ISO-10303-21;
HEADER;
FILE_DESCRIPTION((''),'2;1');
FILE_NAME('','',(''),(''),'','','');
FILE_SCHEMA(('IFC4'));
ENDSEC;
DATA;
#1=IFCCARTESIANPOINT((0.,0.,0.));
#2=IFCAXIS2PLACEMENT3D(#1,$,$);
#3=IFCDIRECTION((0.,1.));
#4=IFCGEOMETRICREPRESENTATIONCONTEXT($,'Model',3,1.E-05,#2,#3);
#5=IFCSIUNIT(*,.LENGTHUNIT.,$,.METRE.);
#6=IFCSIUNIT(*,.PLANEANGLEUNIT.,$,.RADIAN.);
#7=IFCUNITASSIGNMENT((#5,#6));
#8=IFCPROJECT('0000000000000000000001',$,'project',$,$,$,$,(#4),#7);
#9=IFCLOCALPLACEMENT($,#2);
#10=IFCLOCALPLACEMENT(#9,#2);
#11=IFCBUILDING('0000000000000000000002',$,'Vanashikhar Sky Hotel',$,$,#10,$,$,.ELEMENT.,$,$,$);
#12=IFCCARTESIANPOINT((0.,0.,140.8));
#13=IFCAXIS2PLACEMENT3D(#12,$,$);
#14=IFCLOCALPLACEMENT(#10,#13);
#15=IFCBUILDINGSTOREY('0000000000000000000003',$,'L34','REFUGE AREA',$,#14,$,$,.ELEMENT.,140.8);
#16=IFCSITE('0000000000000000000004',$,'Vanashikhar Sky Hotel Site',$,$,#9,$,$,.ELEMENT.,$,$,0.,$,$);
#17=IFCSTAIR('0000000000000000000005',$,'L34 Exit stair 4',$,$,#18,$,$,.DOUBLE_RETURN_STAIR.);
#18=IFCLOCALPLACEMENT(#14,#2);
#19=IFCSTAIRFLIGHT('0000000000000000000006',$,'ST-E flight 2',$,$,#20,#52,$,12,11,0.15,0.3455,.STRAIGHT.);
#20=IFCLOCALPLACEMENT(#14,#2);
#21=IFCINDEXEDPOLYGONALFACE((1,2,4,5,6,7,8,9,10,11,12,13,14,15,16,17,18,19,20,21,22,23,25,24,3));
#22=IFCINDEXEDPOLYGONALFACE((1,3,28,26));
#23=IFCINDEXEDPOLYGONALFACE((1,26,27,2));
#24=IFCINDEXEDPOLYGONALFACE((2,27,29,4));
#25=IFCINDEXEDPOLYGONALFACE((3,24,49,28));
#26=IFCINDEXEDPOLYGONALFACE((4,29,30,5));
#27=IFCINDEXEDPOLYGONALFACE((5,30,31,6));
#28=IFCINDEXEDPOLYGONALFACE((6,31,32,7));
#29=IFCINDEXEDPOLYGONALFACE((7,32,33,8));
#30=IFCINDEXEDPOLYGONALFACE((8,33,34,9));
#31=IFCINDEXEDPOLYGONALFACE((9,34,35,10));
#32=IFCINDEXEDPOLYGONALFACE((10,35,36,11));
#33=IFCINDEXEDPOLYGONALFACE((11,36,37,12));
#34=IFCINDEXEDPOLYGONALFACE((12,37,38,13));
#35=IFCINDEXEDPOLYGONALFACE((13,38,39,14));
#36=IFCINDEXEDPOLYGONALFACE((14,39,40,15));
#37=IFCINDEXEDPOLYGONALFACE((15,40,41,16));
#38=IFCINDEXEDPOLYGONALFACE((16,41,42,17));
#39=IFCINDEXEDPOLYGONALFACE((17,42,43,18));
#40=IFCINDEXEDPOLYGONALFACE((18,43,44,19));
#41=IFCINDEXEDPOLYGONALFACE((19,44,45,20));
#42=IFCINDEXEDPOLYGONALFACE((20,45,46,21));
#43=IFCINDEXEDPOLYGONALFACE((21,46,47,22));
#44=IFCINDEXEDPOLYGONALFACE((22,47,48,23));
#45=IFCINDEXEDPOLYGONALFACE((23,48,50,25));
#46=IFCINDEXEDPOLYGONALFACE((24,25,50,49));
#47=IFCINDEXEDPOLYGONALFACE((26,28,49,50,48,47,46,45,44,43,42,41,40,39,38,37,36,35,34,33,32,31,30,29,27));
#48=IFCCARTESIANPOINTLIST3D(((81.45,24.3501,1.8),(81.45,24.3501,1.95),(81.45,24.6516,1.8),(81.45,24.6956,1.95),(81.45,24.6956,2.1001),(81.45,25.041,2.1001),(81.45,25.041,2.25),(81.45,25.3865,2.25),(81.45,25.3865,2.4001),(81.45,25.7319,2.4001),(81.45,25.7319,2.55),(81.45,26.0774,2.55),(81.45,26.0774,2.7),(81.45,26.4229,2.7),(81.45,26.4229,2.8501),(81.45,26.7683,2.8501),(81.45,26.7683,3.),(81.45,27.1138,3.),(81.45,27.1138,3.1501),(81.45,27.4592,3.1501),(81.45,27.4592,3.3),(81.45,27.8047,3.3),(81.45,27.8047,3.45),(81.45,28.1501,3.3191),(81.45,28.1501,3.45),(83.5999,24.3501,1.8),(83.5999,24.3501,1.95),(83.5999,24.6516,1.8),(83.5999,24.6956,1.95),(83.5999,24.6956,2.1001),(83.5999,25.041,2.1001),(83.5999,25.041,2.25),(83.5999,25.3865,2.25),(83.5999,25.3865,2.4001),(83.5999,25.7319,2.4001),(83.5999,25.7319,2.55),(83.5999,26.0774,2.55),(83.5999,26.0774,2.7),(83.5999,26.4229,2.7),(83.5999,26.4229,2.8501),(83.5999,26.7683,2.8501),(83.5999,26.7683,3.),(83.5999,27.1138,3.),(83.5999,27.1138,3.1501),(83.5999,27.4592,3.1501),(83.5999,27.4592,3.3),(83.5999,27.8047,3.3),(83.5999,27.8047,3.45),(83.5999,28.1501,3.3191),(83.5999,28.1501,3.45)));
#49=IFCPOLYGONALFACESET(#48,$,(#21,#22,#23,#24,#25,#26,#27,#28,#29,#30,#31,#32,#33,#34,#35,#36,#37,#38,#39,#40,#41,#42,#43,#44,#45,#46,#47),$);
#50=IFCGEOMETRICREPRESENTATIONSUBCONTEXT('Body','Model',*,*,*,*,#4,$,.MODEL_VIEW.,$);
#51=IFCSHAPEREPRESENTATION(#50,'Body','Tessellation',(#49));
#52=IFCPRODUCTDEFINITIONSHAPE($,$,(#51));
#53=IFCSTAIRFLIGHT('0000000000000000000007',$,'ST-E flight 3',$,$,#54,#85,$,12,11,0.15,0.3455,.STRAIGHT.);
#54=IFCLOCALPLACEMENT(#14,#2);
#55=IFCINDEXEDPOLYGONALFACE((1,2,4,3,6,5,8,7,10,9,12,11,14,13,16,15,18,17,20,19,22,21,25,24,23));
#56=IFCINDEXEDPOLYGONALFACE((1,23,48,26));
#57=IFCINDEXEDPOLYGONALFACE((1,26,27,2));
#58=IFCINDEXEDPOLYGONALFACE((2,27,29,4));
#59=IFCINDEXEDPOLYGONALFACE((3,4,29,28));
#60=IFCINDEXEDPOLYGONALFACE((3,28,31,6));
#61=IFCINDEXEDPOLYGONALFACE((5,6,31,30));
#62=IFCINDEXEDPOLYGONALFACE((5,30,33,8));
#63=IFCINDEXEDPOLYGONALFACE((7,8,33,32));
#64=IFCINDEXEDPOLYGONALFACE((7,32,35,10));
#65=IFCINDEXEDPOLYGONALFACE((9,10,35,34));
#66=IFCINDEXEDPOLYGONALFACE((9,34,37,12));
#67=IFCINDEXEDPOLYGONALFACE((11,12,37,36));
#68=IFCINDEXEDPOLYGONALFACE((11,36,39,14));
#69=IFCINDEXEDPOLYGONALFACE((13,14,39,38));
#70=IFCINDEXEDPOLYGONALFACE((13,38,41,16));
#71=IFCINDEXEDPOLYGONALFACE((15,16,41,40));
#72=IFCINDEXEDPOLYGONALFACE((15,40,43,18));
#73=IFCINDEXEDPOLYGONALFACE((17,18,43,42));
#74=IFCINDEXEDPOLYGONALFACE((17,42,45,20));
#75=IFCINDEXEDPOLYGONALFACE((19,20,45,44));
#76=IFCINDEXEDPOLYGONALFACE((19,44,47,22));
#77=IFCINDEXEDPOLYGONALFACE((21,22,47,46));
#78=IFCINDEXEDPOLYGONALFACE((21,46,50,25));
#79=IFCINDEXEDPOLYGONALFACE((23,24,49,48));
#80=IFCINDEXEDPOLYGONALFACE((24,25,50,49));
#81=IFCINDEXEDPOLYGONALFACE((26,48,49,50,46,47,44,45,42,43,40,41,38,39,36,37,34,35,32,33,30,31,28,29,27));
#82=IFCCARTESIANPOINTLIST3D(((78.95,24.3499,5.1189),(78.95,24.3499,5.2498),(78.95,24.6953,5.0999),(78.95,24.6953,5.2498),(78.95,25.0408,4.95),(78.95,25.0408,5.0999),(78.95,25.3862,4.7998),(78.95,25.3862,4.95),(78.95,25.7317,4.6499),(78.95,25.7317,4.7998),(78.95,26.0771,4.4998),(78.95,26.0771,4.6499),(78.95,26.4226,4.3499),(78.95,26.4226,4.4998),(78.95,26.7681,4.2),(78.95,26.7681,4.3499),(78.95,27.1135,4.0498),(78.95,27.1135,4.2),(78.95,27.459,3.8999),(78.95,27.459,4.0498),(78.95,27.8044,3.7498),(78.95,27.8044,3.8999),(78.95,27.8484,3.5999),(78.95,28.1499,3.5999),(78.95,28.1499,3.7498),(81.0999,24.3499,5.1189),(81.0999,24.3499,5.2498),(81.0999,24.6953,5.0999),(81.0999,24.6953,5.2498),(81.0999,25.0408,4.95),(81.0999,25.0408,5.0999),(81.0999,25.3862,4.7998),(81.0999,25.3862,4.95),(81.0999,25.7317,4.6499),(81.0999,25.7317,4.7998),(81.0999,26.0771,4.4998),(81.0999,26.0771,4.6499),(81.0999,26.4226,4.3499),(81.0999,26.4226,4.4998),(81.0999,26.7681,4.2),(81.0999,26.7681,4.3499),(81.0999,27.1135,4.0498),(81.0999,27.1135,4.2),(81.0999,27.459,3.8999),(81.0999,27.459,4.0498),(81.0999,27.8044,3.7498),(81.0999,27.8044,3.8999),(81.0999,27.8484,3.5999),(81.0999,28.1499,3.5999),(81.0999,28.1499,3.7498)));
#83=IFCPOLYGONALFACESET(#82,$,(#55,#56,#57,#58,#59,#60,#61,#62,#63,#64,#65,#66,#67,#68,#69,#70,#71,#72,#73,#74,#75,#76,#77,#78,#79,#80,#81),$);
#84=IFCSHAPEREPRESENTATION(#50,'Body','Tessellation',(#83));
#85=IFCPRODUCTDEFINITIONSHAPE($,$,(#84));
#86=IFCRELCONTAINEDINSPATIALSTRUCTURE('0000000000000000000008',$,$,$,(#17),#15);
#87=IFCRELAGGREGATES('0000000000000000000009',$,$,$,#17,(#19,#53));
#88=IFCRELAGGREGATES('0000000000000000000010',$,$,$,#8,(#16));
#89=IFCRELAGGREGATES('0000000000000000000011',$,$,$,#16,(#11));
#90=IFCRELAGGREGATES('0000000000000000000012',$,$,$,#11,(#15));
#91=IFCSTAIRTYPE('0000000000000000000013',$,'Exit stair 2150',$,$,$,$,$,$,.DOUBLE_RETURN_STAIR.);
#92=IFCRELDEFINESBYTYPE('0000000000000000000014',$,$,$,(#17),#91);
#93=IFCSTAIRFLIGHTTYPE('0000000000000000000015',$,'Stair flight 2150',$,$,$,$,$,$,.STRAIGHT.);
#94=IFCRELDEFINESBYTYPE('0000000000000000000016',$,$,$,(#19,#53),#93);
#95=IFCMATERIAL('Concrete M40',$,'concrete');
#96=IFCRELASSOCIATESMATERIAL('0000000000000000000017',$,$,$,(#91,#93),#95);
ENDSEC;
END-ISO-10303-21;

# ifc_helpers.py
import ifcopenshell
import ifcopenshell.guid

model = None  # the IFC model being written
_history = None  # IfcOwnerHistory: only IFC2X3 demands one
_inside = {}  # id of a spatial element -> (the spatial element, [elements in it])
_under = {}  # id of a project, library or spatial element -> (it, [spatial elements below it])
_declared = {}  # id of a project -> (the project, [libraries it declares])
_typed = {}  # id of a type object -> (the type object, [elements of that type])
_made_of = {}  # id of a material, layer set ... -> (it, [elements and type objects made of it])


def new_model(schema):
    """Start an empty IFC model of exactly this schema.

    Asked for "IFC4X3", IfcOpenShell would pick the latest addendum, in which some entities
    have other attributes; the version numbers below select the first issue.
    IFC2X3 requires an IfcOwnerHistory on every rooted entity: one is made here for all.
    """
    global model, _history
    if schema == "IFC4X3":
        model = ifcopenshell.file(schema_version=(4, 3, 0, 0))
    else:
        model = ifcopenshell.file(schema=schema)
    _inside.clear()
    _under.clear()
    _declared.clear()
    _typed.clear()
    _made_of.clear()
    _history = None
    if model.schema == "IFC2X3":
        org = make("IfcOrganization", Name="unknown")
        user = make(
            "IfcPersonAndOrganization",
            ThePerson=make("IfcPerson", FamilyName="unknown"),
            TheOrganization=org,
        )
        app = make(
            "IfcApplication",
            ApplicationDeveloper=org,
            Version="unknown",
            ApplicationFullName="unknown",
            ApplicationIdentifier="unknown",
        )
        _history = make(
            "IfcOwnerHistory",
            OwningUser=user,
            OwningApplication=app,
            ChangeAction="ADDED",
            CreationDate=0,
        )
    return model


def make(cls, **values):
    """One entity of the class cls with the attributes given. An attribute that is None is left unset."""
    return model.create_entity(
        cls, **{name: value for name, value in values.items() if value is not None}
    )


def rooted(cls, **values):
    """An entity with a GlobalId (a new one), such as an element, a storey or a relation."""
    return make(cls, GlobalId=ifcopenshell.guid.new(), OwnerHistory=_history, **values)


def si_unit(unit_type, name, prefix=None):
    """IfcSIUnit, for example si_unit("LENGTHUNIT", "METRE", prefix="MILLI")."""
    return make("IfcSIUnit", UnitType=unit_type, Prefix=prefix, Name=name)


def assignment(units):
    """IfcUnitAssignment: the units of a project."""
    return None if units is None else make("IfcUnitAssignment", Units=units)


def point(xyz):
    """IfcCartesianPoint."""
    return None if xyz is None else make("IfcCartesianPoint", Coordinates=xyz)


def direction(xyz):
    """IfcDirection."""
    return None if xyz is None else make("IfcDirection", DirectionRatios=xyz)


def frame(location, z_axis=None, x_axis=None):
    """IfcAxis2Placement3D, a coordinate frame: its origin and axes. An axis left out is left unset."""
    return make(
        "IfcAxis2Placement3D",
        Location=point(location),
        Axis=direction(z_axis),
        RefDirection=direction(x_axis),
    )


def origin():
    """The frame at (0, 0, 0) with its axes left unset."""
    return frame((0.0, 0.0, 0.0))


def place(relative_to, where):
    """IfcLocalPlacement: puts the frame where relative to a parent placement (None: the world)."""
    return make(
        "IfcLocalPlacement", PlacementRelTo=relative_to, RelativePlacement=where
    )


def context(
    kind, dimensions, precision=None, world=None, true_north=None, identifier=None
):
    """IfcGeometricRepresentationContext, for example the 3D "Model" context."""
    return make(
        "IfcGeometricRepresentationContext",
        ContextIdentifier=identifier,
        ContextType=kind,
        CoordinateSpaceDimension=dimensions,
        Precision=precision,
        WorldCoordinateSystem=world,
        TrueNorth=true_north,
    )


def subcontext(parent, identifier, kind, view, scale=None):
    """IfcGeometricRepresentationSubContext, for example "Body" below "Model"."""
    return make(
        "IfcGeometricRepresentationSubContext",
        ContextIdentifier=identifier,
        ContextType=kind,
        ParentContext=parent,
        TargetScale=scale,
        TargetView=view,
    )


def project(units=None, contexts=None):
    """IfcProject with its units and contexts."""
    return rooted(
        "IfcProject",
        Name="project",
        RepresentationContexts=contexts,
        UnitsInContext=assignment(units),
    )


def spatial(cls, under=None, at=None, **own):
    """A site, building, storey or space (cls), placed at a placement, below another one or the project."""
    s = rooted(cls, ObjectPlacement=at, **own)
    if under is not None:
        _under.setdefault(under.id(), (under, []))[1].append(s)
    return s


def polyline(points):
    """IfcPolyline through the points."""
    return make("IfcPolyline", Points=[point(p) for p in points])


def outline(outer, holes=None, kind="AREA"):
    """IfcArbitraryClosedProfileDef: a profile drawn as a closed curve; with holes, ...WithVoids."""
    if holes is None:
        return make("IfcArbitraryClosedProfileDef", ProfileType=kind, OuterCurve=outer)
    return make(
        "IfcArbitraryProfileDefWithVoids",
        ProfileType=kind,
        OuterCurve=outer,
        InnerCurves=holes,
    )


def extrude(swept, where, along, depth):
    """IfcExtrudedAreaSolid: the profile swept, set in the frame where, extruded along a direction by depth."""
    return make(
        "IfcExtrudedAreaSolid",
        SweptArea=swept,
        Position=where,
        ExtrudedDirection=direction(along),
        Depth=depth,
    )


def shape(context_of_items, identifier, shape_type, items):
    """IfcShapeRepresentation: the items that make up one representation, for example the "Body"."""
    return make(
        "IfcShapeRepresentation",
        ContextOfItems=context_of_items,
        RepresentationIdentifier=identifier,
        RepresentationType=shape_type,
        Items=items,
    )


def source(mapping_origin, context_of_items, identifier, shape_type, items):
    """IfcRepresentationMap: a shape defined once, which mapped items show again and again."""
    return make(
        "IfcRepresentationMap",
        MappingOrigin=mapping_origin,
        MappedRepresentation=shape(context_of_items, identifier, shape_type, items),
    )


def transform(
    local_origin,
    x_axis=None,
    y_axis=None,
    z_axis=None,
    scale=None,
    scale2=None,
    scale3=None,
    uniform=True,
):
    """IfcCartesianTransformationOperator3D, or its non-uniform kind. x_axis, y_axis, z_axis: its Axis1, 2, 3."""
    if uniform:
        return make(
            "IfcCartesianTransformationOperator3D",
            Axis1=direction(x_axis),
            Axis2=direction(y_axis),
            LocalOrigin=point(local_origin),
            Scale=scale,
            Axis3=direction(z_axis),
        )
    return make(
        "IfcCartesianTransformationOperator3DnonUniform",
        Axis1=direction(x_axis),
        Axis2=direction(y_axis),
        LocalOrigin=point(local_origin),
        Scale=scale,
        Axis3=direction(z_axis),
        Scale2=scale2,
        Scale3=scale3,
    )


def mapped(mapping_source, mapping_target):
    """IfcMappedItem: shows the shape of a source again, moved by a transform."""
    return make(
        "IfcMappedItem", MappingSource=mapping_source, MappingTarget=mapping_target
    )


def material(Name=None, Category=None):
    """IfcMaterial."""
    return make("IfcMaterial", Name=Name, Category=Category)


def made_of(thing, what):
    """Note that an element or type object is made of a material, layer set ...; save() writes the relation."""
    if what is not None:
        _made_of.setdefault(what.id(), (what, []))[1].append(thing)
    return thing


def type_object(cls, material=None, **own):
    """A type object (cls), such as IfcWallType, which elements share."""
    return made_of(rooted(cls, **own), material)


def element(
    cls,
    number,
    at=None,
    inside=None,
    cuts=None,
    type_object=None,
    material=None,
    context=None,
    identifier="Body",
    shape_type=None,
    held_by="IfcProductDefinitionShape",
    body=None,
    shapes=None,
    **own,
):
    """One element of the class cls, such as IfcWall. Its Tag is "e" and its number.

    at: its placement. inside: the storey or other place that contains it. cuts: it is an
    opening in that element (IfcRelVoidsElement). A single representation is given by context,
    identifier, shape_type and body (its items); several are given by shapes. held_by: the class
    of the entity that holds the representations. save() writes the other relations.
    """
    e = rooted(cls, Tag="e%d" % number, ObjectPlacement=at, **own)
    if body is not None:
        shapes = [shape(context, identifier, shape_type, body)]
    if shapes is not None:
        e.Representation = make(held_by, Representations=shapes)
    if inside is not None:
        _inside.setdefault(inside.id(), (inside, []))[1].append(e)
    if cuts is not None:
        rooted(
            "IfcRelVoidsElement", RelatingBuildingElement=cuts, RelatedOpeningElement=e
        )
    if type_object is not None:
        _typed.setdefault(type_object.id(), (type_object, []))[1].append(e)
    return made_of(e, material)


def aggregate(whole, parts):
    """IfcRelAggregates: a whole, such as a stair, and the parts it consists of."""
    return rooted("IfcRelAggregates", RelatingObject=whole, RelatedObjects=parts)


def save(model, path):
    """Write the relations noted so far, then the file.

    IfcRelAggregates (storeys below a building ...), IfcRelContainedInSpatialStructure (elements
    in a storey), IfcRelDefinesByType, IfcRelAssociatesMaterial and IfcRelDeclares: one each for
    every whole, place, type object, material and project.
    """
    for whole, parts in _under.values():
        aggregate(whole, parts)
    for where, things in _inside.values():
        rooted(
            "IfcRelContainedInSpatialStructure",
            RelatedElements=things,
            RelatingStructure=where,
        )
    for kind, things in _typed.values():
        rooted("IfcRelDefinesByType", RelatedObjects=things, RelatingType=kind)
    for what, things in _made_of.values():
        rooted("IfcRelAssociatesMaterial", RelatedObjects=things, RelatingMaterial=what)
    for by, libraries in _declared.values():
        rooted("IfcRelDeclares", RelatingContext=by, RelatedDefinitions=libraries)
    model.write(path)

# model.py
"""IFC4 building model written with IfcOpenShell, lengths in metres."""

from ifc_helpers import new_model, si_unit, direction, frame, origin, place, context, subcontext, project, spatial, polyline, outline, extrude, source, transform, mapped, material, type_object, element, aggregate, save


model = new_model("IFC4")

# Units and contexts
model_context = context("Model", 3, precision=1e-05, world=origin(), true_north=direction((0.0, 1.0)))
body_context = subcontext(model_context, "Body", "Model", "MODEL_VIEW")
ifc_project = project(units=[si_unit("LENGTHUNIT", "METRE"), si_unit("PLANEANGLEUNIT", "RADIAN")], contexts=[model_context])

# Site, building, storey
site_placement = place(None, origin())
site = spatial("IfcSite", under=ifc_project, at=site_placement, Name="Vanashikhar Sky Hotel Site", CompositionType="ELEMENT", RefElevation=0.0)
building_placement = place(site_placement, origin())
building = spatial("IfcBuilding", under=site, at=building_placement, Name="Vanashikhar Sky Hotel", CompositionType="ELEMENT")
storey_placement = place(building_placement, frame((0.0, 0.0, 140.8)))
storey = spatial("IfcBuildingStorey", under=building, at=storey_placement, Name="L34", Description="REFUGE AREA", CompositionType="ELEMENT", Elevation=140.8)

# Stair, stair flights
ifc_material_1 = material(Name="Concrete M40", Category="concrete")
stair_type = type_object("IfcStairType", Name="Exit stair 2150", PredefinedType="DOUBLE_RETURN_STAIR", material=ifc_material_1)
stair_placement = place(storey_placement, origin())
stair = element("IfcStair", 1, at=stair_placement, inside=storey, type_object=stair_type, Name="L34 Exit stair 4", PredefinedType="DOUBLE_RETURN_STAIR")
stair_flight_type = type_object("IfcStairFlightType", Name="Stair flight 2150", PredefinedType="STRAIGHT", material=ifc_material_1)
shared_shape_1 = source(origin(), body_context, "Body", "SweptSolid", [
    extrude(outline(polyline([(0.0, 0.0), (0.0, 0.1499), (0.3455, 0.1499), (0.3455, 0.3), (0.6909, 0.3), (0.6909, 0.45), (1.0364, 0.45), (1.0364, 0.6001), (1.3818, 0.6001), (1.3818, 0.75), (1.7273, 0.75), (1.7273, 0.8999), (2.0728, 0.8999), (2.0728, 1.05), (2.4182, 1.05), (2.4182, 1.2), (2.7637, 1.2), (2.7637, 1.3501), (3.1091, 1.3501), (3.1091, 1.5), (3.4546, 1.5), (3.4546, 1.6499), (3.8, 1.6499), (3.8, 1.8), (3.8, 1.519), (0.3015, 0.0), (0.0, 0.0)])), frame((0.0, 1.075, 0.0), z_axis=(0.0, -1.0, 0.0), x_axis=(1.0, 0.0, 0.0)), (0.0, 0.0, 1.0), 2.1499),
])
stair_flight_1_placement = place(storey_placement, frame((82.5249, 24.3501, 1.8), z_axis=(0.0, 0.0, 1.0), x_axis=(0.0, 1.0, 0.0)))
stair_flight_1 = element("IfcStairFlight", 2, at=stair_flight_1_placement, type_object=stair_flight_type, Name="ST-E flight 2", NumberOfRisers=12, NumberOfTreads=11, PredefinedType="STRAIGHT", RiserHeight=0.15, TreadLength=0.3455, context=body_context, shape_type="MappedRepresentation", body=[
    mapped(shared_shape_1, transform((0.0, 0.0, 0.0), scale=1.0)),
])
stair_flight_2_placement = place(storey_placement, frame((80.0249, 28.1499, 3.5999), z_axis=(0.0, 0.0, 1.0), x_axis=(0.0, -1.0, 0.0)))
stair_flight_2 = element("IfcStairFlight", 3, at=stair_flight_2_placement, type_object=stair_flight_type, Name="ST-E flight 3", NumberOfRisers=12, NumberOfTreads=11, PredefinedType="STRAIGHT", RiserHeight=0.15, TreadLength=0.3455, context=body_context, shape_type="MappedRepresentation", body=[
    mapped(shared_shape_1, transform((0.0, 0.0, 0.0), scale=1.0)),
])
aggregate(stair, [stair_flight_1, stair_flight_2])

save(model, "model.ifc")
